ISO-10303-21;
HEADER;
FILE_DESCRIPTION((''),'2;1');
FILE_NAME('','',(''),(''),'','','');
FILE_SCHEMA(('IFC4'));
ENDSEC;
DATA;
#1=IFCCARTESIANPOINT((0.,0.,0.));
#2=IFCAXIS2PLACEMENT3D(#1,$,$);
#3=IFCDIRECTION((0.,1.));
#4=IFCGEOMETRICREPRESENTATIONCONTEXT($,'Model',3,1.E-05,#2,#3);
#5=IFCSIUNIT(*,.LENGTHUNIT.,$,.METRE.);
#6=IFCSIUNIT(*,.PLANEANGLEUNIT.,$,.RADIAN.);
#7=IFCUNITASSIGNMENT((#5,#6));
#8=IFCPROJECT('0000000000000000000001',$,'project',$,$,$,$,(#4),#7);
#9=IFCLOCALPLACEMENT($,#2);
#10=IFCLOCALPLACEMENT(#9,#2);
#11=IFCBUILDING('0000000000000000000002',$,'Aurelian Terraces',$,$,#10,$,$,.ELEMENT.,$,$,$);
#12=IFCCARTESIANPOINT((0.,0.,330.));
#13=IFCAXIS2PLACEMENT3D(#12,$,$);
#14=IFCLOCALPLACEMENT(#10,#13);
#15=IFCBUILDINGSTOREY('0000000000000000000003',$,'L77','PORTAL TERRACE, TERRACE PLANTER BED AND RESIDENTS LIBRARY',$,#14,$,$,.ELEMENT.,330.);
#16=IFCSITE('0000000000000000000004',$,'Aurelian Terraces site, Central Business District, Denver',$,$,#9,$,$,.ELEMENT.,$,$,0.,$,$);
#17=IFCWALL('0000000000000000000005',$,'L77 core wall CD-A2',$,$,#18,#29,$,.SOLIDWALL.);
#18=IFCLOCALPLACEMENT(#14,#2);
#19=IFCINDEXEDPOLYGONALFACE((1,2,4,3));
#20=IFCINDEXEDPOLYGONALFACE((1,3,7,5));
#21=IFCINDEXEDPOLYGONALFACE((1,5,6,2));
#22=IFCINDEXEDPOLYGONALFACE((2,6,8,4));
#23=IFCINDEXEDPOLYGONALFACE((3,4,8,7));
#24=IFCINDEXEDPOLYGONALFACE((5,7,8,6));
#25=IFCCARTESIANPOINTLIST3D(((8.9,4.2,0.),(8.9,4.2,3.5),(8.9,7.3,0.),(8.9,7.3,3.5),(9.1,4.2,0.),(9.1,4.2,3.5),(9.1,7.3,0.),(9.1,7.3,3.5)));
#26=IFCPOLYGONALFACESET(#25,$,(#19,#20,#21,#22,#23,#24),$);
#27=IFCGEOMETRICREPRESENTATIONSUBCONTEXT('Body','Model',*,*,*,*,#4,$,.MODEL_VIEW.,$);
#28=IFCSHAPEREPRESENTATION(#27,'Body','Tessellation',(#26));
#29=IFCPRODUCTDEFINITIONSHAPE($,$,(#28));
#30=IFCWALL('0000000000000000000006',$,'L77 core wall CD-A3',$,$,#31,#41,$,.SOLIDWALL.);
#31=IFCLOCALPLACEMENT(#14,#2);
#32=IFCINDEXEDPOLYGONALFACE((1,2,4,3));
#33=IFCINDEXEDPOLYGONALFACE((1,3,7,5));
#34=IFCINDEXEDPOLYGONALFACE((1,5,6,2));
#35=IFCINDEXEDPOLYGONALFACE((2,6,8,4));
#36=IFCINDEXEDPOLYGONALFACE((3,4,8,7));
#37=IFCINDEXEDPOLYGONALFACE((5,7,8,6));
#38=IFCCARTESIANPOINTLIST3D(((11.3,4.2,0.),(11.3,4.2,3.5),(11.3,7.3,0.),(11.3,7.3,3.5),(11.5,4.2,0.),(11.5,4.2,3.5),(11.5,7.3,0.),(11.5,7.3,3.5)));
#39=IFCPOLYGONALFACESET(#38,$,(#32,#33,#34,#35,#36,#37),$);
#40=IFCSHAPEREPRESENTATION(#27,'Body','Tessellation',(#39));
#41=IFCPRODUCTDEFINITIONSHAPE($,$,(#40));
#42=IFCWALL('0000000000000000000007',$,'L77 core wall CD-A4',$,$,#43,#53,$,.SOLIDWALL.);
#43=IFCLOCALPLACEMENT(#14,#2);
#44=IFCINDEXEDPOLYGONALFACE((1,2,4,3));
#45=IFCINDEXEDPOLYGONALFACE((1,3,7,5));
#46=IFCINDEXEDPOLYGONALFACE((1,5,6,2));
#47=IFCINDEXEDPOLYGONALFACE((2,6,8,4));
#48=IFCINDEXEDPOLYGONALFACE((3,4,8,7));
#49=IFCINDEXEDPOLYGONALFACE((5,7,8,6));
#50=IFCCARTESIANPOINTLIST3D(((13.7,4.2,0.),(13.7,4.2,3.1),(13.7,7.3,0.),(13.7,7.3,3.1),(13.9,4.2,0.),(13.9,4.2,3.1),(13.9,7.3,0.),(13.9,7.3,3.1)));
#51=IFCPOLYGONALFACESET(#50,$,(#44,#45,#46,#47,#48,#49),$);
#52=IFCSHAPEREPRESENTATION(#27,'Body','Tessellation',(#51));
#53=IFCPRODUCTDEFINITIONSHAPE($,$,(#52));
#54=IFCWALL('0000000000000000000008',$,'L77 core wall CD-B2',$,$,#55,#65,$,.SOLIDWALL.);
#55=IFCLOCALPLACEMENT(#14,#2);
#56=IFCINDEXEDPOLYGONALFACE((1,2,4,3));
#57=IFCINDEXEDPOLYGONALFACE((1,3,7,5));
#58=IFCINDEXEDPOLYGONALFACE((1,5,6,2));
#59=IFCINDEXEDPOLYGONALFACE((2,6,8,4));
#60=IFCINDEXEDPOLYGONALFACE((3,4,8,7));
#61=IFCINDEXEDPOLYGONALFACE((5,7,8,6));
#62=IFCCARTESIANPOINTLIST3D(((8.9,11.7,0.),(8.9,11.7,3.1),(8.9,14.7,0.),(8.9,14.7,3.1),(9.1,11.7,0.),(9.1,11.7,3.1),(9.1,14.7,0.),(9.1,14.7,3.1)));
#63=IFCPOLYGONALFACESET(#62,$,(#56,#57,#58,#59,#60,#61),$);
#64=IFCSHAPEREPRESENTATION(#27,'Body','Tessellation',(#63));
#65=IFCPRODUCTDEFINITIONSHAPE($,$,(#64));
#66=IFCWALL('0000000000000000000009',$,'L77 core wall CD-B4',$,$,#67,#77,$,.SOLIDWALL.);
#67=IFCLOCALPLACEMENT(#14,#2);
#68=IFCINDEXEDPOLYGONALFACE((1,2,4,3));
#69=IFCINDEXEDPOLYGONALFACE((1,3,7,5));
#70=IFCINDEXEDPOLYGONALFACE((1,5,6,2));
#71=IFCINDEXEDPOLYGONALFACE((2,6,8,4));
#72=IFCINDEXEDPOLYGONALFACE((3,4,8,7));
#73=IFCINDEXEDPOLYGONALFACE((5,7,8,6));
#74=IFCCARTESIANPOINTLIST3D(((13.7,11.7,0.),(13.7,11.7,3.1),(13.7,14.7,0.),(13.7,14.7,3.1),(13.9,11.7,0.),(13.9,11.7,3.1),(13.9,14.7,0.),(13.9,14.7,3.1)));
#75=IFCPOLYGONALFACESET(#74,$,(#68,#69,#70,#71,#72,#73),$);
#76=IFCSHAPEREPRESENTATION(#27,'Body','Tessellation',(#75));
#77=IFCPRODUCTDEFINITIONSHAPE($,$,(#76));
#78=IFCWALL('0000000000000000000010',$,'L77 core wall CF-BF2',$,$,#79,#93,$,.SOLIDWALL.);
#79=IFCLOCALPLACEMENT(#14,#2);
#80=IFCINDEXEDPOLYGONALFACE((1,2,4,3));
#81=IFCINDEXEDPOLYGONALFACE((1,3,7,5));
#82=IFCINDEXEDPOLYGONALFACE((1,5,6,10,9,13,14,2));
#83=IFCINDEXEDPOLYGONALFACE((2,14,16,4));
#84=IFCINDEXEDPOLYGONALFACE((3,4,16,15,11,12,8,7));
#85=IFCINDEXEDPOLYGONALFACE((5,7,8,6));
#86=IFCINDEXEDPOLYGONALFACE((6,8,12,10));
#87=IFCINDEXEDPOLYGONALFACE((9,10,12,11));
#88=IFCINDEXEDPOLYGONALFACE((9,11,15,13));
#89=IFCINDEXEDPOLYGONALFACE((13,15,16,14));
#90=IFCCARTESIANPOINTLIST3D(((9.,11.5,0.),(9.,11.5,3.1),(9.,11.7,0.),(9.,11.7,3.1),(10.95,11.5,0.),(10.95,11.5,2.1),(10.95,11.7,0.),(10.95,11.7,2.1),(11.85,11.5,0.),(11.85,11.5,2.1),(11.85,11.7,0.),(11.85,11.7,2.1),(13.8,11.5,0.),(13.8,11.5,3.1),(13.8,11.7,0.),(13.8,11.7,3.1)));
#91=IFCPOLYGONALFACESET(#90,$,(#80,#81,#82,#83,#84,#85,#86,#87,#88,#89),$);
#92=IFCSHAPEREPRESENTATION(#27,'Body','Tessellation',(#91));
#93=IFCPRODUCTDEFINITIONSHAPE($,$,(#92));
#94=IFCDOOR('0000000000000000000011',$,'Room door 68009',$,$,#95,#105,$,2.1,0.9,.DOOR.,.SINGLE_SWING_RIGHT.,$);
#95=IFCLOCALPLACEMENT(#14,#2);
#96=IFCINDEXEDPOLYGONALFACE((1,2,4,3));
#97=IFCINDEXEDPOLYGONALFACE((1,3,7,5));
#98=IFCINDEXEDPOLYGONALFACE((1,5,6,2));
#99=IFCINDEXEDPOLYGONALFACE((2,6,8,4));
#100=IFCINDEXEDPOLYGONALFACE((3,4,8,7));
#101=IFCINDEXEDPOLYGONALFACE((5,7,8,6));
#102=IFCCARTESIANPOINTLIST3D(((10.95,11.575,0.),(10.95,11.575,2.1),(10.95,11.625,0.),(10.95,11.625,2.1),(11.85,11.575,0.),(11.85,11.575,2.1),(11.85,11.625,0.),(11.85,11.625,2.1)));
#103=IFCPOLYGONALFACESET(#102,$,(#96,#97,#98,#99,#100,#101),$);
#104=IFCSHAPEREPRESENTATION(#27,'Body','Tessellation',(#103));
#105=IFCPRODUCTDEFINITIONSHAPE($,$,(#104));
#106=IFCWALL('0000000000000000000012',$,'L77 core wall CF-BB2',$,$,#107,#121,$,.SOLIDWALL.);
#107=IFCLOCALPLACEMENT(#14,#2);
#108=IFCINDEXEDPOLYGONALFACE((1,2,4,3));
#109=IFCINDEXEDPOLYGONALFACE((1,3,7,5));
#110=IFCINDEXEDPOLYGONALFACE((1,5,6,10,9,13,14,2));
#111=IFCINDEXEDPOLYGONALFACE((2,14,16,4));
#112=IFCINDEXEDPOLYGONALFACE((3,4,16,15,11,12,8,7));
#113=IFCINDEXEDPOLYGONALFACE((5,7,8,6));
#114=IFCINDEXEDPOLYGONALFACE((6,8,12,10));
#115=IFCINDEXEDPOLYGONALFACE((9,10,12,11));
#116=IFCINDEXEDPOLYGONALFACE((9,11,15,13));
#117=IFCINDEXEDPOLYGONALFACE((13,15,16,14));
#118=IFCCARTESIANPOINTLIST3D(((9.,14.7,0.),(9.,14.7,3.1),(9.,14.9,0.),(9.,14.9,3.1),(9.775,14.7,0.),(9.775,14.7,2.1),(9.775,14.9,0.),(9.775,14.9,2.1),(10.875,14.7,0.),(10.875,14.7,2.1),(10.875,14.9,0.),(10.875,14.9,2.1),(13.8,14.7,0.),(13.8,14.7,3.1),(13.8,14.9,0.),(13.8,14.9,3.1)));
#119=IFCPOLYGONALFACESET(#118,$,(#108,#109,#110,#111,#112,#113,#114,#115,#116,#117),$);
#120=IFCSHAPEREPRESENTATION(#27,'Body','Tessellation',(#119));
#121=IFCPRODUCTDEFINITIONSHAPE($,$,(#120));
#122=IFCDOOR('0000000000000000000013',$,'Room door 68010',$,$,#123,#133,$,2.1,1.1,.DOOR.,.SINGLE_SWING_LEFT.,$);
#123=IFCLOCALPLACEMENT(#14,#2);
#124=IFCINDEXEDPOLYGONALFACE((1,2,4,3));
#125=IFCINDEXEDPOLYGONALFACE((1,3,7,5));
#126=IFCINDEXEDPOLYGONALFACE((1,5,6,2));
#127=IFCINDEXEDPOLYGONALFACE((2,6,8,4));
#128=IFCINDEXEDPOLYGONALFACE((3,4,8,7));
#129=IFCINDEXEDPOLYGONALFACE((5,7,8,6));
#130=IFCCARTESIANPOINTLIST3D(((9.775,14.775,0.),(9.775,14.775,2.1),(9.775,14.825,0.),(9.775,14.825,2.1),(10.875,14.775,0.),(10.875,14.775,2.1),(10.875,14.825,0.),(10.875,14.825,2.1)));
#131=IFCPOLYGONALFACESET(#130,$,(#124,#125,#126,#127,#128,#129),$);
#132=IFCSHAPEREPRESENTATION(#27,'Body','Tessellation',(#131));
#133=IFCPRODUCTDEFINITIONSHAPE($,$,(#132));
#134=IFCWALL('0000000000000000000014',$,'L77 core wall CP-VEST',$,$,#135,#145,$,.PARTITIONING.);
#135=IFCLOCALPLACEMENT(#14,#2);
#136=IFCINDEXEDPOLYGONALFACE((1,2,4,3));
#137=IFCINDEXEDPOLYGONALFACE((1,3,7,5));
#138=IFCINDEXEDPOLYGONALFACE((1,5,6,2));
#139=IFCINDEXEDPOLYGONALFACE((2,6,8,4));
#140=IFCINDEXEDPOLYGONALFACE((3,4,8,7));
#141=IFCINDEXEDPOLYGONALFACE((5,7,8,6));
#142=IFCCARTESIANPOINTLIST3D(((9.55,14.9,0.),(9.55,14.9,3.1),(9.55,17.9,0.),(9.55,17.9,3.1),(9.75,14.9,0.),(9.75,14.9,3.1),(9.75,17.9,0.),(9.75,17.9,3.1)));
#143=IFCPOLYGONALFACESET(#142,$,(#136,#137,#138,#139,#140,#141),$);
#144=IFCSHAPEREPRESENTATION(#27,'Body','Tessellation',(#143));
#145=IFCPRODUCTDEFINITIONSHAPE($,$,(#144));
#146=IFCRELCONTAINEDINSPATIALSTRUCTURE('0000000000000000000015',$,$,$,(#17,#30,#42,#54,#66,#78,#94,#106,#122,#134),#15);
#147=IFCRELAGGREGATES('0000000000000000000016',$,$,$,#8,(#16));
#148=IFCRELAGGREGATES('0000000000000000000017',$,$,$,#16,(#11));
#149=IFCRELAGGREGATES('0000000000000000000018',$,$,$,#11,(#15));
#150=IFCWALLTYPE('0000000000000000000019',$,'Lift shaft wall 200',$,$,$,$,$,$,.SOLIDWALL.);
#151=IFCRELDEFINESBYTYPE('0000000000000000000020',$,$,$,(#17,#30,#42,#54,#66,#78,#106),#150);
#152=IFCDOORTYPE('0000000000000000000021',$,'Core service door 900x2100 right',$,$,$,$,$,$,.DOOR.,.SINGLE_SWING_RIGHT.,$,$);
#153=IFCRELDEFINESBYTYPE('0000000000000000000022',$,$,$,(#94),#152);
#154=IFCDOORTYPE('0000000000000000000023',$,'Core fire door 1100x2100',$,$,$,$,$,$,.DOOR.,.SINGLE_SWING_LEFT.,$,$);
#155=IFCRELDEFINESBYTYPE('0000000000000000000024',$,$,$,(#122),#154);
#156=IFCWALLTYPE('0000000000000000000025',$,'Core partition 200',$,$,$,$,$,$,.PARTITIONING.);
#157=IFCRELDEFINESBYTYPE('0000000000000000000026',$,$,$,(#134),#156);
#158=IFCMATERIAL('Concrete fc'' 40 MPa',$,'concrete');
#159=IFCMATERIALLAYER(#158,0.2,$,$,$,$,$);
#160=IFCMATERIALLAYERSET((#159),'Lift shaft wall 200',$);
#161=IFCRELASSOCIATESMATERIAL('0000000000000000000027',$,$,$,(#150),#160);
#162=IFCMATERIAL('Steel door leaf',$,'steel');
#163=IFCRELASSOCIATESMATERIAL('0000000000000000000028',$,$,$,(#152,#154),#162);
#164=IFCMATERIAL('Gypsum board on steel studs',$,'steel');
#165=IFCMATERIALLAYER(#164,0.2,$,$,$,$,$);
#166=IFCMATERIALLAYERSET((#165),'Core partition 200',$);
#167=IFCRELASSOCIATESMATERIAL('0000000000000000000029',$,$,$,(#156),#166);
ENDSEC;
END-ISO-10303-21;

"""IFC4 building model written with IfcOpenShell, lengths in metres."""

from ifc_helpers import new_model, si_unit, direction, frame, frame_2d, origin, place, context, subcontext, project, spatial, rectangle, extrude, source, transform, mapped, material, layer, layer_set, type_object, element, fill, save


model = new_model("IFC4")

# Units and contexts
model_context = context("Model", 3, precision=1e-05, world=origin(), true_north=direction((0.0, 1.0)))
body_context = subcontext(model_context, "Body", "Model", "MODEL_VIEW")
ifc_project = project(units=[si_unit("LENGTHUNIT", "METRE"), si_unit("PLANEANGLEUNIT", "RADIAN")], contexts=[model_context])

# Site, building, storey
site_placement = place(None, origin())
site = spatial("IfcSite", under=ifc_project, at=site_placement, Name="Aurelian Terraces site, Central Business District, Denver", CompositionType="ELEMENT", RefElevation=0.0)
building_placement = place(site_placement, origin())
building = spatial("IfcBuilding", under=site, at=building_placement, Name="Aurelian Terraces", CompositionType="ELEMENT")
storey_placement = place(building_placement, frame((0.0, 0.0, 330.0)))
storey = spatial("IfcBuildingStorey", under=building, at=storey_placement, Name="L77", Description="PORTAL TERRACE, TERRACE PLANTER BED AND RESIDENTS LIBRARY", CompositionType="ELEMENT", Elevation=330.0)

# Walls
ifc_material_1 = material(Name="Concrete fc' 40 MPa", Category="concrete")
ifc_layer_1 = layer(ifc_material_1, 0.2)
ifc_layer_set_1 = layer_set([ifc_layer_1], Name="Lift shaft wall 200")
wall_type_1 = type_object("IfcWallType", Name="Lift shaft wall 200", PredefinedType="SOLIDWALL", material=ifc_layer_set_1)
shared_shape_1 = source(origin(), body_context, "Body", "SweptSolid", [
    extrude(rectangle(XDim=3.1, YDim=0.2, at=frame_2d((1.55, 0.0))), origin(), (0.0, 0.0, 1.0), 3.5),
])
for number, where, z_axis, x_axis, name in (
    (1, (9.0, 4.2, 0.0), (0.0, 0.0, 1.0), (0.0, 1.0, 0.0), "L77 core wall CD-A2"),
    (2, (11.4, 4.2, 0.0), (0.0, 0.0, 1.0), (0.0, 1.0, 0.0), "L77 core wall CD-A3"),
):
    element("IfcWall", number, at=place(storey_placement, frame(where, z_axis=z_axis, x_axis=x_axis)), inside=storey, type_object=wall_type_1, Name=name, PredefinedType="SOLIDWALL", context=body_context, shape_type="MappedRepresentation", body=[
        mapped(shared_shape_1, transform((0.0, 0.0, 0.0), scale=1.0)),
    ])
shared_shape_2 = source(origin(), body_context, "Body", "SweptSolid", [
    extrude(rectangle(XDim=3.1, YDim=0.2, at=frame_2d((1.55, 0.0))), origin(), (0.0, 0.0, 1.0), 3.1),
])
wall_1_placement = place(storey_placement, frame((13.8, 4.2, 0.0), z_axis=(0.0, 0.0, 1.0), x_axis=(0.0, 1.0, 0.0)))
element("IfcWall", 3, at=wall_1_placement, inside=storey, type_object=wall_type_1, Name="L77 core wall CD-A4", PredefinedType="SOLIDWALL", context=body_context, shape_type="MappedRepresentation", body=[
    mapped(shared_shape_2, transform((0.0, 0.0, 0.0), scale=1.0)),
])
shared_shape_3 = source(origin(), body_context, "Body", "SweptSolid", [
    extrude(rectangle(XDim=3.0, YDim=0.2, at=frame_2d((1.5, 0.0))), origin(), (0.0, 0.0, 1.0), 3.1),
])
for number, where, z_axis, x_axis, name in (
    (4, (9.0, 11.7, 0.0), (0.0, 0.0, 1.0), (0.0, 1.0, 0.0), "L77 core wall CD-B2"),
    (5, (13.8, 11.7, 0.0), (0.0, 0.0, 1.0), (0.0, 1.0, 0.0), "L77 core wall CD-B4"),
):
    element("IfcWall", number, at=place(storey_placement, frame(where, z_axis=z_axis, x_axis=x_axis)), inside=storey, type_object=wall_type_1, Name=name, PredefinedType="SOLIDWALL", context=body_context, shape_type="MappedRepresentation", body=[
        mapped(shared_shape_3, transform((0.0, 0.0, 0.0), scale=1.0)),
    ])

# Walls, openings, doors
shared_shape_4 = source(origin(), body_context, "Body", "SweptSolid", [
    extrude(rectangle(XDim=4.8, YDim=0.2, at=frame_2d((2.4, 0.0))), origin(), (0.0, 0.0, 1.0), 3.1),
])
wall_2_placement = place(storey_placement, frame((9.0, 11.6, 0.0), z_axis=(0.0, 0.0, 1.0), x_axis=(1.0, 0.0, 0.0)))
wall_2 = element("IfcWall", 6, at=wall_2_placement, inside=storey, type_object=wall_type_1, Name="L77 core wall CF-BF2", PredefinedType="SOLIDWALL", context=body_context, shape_type="MappedRepresentation", body=[
    mapped(shared_shape_4, transform((0.0, 0.0, 0.0), scale=1.0)),
])
shared_shape_5 = source(origin(), body_context, "Body", "SweptSolid", [
    extrude(rectangle(XDim=0.9, YDim=2.1, at=frame_2d((0.45, 1.05))), frame((0.0, 0.11, 0.0), z_axis=(0.0, -1.0, 0.0), x_axis=(1.0, 0.0, 0.0)), (0.0, 0.0, 1.0), 0.22),
])
opening_1_placement = place(wall_2_placement, frame((1.95, 0.0, 0.0)))
opening_1 = element("IfcOpeningElement", 7, at=opening_1_placement, cuts=wall_2, PredefinedType="OPENING", context=body_context, shape_type="MappedRepresentation", body=[
    mapped(shared_shape_5, transform((0.0, 0.0, 0.0), scale=1.0)),
])
ifc_material_2 = material(Name="Steel door leaf", Category="steel")
door_type_1 = type_object("IfcDoorType", Name="Core service door 900x2100 right", OperationType="SINGLE_SWING_RIGHT", PredefinedType="DOOR", material=ifc_material_2)
shared_shape_6 = source(origin(), body_context, "Body", "SweptSolid", [
    extrude(rectangle(XDim=0.9, YDim=2.1, at=frame_2d((0.45, 1.05))), frame((0.0, 0.025, 0.0), z_axis=(0.0, -1.0, 0.0), x_axis=(1.0, 0.0, 0.0)), (0.0, 0.0, 1.0), 0.05),
])
door_1_placement = place(opening_1_placement, origin())
door_1 = element("IfcDoor", 8, at=door_1_placement, inside=storey, type_object=door_type_1, Name="Room door 68009", OperationType="SINGLE_SWING_RIGHT", OverallHeight=2.1, OverallWidth=0.9, PredefinedType="DOOR", context=body_context, shape_type="MappedRepresentation", body=[
    mapped(shared_shape_6, transform((0.0, 0.0, 0.0), scale=1.0)),
])
fill(opening_1, door_1)
wall_3_placement = place(storey_placement, frame((9.0, 14.8, 0.0), z_axis=(0.0, 0.0, 1.0), x_axis=(1.0, 0.0, 0.0)))
wall_3 = element("IfcWall", 9, at=wall_3_placement, inside=storey, type_object=wall_type_1, Name="L77 core wall CF-BB2", PredefinedType="SOLIDWALL", context=body_context, shape_type="MappedRepresentation", body=[
    mapped(shared_shape_4, transform((0.0, 0.0, 0.0), scale=1.0)),
])
shared_shape_7 = source(origin(), body_context, "Body", "SweptSolid", [
    extrude(rectangle(XDim=1.1, YDim=2.1, at=frame_2d((0.55, 1.05))), frame((0.0, 0.11, 0.0), z_axis=(0.0, -1.0, 0.0), x_axis=(1.0, 0.0, 0.0)), (0.0, 0.0, 1.0), 0.22),
])
opening_2_placement = place(wall_3_placement, frame((0.775, 0.0, 0.0)))
opening_2 = element("IfcOpeningElement", 10, at=opening_2_placement, cuts=wall_3, PredefinedType="OPENING", context=body_context, shape_type="MappedRepresentation", body=[
    mapped(shared_shape_7, transform((0.0, 0.0, 0.0), scale=1.0)),
])
door_type_2 = type_object("IfcDoorType", Name="Core fire door 1100x2100", OperationType="SINGLE_SWING_LEFT", PredefinedType="DOOR", material=ifc_material_2)
shared_shape_8 = source(origin(), body_context, "Body", "SweptSolid", [
    extrude(rectangle(XDim=1.1, YDim=2.1, at=frame_2d((0.55, 1.05))), frame((0.0, 0.025, 0.0), z_axis=(0.0, -1.0, 0.0), x_axis=(1.0, 0.0, 0.0)), (0.0, 0.0, 1.0), 0.05),
])
door_2_placement = place(opening_2_placement, origin())
door_2 = element("IfcDoor", 11, at=door_2_placement, inside=storey, type_object=door_type_2, Name="Room door 68010", OperationType="SINGLE_SWING_LEFT", OverallHeight=2.1, OverallWidth=1.1, PredefinedType="DOOR", context=body_context, shape_type="MappedRepresentation", body=[
    mapped(shared_shape_8, transform((0.0, 0.0, 0.0), scale=1.0)),
])
fill(opening_2, door_2)

# Wall
ifc_material_3 = material(Name="Gypsum board on steel studs", Category="steel")
ifc_layer_2 = layer(ifc_material_3, 0.2)
ifc_layer_set_2 = layer_set([ifc_layer_2], Name="Core partition 200")
wall_type_2 = type_object("IfcWallType", Name="Core partition 200", PredefinedType="PARTITIONING", material=ifc_layer_set_2)
shared_shape_9 = source(origin(), body_context, "Body", "SweptSolid", [
    extrude(rectangle(XDim=3.0, YDim=0.2, at=frame_2d((1.5, 0.0))), origin(), (0.0, 0.0, 1.0), 3.1),
])
wall_4_placement = place(storey_placement, frame((9.65, 14.9, 0.0), z_axis=(0.0, 0.0, 1.0), x_axis=(0.0, 1.0, 0.0)))
element("IfcWall", 12, at=wall_4_placement, inside=storey, type_object=wall_type_2, Name="L77 core wall CP-VEST", PredefinedType="PARTITIONING", context=body_context, shape_type="MappedRepresentation", body=[
    mapped(shared_shape_9, transform((0.0, 0.0, 0.0), scale=1.0)),
])

save(model, "model.ifc")
